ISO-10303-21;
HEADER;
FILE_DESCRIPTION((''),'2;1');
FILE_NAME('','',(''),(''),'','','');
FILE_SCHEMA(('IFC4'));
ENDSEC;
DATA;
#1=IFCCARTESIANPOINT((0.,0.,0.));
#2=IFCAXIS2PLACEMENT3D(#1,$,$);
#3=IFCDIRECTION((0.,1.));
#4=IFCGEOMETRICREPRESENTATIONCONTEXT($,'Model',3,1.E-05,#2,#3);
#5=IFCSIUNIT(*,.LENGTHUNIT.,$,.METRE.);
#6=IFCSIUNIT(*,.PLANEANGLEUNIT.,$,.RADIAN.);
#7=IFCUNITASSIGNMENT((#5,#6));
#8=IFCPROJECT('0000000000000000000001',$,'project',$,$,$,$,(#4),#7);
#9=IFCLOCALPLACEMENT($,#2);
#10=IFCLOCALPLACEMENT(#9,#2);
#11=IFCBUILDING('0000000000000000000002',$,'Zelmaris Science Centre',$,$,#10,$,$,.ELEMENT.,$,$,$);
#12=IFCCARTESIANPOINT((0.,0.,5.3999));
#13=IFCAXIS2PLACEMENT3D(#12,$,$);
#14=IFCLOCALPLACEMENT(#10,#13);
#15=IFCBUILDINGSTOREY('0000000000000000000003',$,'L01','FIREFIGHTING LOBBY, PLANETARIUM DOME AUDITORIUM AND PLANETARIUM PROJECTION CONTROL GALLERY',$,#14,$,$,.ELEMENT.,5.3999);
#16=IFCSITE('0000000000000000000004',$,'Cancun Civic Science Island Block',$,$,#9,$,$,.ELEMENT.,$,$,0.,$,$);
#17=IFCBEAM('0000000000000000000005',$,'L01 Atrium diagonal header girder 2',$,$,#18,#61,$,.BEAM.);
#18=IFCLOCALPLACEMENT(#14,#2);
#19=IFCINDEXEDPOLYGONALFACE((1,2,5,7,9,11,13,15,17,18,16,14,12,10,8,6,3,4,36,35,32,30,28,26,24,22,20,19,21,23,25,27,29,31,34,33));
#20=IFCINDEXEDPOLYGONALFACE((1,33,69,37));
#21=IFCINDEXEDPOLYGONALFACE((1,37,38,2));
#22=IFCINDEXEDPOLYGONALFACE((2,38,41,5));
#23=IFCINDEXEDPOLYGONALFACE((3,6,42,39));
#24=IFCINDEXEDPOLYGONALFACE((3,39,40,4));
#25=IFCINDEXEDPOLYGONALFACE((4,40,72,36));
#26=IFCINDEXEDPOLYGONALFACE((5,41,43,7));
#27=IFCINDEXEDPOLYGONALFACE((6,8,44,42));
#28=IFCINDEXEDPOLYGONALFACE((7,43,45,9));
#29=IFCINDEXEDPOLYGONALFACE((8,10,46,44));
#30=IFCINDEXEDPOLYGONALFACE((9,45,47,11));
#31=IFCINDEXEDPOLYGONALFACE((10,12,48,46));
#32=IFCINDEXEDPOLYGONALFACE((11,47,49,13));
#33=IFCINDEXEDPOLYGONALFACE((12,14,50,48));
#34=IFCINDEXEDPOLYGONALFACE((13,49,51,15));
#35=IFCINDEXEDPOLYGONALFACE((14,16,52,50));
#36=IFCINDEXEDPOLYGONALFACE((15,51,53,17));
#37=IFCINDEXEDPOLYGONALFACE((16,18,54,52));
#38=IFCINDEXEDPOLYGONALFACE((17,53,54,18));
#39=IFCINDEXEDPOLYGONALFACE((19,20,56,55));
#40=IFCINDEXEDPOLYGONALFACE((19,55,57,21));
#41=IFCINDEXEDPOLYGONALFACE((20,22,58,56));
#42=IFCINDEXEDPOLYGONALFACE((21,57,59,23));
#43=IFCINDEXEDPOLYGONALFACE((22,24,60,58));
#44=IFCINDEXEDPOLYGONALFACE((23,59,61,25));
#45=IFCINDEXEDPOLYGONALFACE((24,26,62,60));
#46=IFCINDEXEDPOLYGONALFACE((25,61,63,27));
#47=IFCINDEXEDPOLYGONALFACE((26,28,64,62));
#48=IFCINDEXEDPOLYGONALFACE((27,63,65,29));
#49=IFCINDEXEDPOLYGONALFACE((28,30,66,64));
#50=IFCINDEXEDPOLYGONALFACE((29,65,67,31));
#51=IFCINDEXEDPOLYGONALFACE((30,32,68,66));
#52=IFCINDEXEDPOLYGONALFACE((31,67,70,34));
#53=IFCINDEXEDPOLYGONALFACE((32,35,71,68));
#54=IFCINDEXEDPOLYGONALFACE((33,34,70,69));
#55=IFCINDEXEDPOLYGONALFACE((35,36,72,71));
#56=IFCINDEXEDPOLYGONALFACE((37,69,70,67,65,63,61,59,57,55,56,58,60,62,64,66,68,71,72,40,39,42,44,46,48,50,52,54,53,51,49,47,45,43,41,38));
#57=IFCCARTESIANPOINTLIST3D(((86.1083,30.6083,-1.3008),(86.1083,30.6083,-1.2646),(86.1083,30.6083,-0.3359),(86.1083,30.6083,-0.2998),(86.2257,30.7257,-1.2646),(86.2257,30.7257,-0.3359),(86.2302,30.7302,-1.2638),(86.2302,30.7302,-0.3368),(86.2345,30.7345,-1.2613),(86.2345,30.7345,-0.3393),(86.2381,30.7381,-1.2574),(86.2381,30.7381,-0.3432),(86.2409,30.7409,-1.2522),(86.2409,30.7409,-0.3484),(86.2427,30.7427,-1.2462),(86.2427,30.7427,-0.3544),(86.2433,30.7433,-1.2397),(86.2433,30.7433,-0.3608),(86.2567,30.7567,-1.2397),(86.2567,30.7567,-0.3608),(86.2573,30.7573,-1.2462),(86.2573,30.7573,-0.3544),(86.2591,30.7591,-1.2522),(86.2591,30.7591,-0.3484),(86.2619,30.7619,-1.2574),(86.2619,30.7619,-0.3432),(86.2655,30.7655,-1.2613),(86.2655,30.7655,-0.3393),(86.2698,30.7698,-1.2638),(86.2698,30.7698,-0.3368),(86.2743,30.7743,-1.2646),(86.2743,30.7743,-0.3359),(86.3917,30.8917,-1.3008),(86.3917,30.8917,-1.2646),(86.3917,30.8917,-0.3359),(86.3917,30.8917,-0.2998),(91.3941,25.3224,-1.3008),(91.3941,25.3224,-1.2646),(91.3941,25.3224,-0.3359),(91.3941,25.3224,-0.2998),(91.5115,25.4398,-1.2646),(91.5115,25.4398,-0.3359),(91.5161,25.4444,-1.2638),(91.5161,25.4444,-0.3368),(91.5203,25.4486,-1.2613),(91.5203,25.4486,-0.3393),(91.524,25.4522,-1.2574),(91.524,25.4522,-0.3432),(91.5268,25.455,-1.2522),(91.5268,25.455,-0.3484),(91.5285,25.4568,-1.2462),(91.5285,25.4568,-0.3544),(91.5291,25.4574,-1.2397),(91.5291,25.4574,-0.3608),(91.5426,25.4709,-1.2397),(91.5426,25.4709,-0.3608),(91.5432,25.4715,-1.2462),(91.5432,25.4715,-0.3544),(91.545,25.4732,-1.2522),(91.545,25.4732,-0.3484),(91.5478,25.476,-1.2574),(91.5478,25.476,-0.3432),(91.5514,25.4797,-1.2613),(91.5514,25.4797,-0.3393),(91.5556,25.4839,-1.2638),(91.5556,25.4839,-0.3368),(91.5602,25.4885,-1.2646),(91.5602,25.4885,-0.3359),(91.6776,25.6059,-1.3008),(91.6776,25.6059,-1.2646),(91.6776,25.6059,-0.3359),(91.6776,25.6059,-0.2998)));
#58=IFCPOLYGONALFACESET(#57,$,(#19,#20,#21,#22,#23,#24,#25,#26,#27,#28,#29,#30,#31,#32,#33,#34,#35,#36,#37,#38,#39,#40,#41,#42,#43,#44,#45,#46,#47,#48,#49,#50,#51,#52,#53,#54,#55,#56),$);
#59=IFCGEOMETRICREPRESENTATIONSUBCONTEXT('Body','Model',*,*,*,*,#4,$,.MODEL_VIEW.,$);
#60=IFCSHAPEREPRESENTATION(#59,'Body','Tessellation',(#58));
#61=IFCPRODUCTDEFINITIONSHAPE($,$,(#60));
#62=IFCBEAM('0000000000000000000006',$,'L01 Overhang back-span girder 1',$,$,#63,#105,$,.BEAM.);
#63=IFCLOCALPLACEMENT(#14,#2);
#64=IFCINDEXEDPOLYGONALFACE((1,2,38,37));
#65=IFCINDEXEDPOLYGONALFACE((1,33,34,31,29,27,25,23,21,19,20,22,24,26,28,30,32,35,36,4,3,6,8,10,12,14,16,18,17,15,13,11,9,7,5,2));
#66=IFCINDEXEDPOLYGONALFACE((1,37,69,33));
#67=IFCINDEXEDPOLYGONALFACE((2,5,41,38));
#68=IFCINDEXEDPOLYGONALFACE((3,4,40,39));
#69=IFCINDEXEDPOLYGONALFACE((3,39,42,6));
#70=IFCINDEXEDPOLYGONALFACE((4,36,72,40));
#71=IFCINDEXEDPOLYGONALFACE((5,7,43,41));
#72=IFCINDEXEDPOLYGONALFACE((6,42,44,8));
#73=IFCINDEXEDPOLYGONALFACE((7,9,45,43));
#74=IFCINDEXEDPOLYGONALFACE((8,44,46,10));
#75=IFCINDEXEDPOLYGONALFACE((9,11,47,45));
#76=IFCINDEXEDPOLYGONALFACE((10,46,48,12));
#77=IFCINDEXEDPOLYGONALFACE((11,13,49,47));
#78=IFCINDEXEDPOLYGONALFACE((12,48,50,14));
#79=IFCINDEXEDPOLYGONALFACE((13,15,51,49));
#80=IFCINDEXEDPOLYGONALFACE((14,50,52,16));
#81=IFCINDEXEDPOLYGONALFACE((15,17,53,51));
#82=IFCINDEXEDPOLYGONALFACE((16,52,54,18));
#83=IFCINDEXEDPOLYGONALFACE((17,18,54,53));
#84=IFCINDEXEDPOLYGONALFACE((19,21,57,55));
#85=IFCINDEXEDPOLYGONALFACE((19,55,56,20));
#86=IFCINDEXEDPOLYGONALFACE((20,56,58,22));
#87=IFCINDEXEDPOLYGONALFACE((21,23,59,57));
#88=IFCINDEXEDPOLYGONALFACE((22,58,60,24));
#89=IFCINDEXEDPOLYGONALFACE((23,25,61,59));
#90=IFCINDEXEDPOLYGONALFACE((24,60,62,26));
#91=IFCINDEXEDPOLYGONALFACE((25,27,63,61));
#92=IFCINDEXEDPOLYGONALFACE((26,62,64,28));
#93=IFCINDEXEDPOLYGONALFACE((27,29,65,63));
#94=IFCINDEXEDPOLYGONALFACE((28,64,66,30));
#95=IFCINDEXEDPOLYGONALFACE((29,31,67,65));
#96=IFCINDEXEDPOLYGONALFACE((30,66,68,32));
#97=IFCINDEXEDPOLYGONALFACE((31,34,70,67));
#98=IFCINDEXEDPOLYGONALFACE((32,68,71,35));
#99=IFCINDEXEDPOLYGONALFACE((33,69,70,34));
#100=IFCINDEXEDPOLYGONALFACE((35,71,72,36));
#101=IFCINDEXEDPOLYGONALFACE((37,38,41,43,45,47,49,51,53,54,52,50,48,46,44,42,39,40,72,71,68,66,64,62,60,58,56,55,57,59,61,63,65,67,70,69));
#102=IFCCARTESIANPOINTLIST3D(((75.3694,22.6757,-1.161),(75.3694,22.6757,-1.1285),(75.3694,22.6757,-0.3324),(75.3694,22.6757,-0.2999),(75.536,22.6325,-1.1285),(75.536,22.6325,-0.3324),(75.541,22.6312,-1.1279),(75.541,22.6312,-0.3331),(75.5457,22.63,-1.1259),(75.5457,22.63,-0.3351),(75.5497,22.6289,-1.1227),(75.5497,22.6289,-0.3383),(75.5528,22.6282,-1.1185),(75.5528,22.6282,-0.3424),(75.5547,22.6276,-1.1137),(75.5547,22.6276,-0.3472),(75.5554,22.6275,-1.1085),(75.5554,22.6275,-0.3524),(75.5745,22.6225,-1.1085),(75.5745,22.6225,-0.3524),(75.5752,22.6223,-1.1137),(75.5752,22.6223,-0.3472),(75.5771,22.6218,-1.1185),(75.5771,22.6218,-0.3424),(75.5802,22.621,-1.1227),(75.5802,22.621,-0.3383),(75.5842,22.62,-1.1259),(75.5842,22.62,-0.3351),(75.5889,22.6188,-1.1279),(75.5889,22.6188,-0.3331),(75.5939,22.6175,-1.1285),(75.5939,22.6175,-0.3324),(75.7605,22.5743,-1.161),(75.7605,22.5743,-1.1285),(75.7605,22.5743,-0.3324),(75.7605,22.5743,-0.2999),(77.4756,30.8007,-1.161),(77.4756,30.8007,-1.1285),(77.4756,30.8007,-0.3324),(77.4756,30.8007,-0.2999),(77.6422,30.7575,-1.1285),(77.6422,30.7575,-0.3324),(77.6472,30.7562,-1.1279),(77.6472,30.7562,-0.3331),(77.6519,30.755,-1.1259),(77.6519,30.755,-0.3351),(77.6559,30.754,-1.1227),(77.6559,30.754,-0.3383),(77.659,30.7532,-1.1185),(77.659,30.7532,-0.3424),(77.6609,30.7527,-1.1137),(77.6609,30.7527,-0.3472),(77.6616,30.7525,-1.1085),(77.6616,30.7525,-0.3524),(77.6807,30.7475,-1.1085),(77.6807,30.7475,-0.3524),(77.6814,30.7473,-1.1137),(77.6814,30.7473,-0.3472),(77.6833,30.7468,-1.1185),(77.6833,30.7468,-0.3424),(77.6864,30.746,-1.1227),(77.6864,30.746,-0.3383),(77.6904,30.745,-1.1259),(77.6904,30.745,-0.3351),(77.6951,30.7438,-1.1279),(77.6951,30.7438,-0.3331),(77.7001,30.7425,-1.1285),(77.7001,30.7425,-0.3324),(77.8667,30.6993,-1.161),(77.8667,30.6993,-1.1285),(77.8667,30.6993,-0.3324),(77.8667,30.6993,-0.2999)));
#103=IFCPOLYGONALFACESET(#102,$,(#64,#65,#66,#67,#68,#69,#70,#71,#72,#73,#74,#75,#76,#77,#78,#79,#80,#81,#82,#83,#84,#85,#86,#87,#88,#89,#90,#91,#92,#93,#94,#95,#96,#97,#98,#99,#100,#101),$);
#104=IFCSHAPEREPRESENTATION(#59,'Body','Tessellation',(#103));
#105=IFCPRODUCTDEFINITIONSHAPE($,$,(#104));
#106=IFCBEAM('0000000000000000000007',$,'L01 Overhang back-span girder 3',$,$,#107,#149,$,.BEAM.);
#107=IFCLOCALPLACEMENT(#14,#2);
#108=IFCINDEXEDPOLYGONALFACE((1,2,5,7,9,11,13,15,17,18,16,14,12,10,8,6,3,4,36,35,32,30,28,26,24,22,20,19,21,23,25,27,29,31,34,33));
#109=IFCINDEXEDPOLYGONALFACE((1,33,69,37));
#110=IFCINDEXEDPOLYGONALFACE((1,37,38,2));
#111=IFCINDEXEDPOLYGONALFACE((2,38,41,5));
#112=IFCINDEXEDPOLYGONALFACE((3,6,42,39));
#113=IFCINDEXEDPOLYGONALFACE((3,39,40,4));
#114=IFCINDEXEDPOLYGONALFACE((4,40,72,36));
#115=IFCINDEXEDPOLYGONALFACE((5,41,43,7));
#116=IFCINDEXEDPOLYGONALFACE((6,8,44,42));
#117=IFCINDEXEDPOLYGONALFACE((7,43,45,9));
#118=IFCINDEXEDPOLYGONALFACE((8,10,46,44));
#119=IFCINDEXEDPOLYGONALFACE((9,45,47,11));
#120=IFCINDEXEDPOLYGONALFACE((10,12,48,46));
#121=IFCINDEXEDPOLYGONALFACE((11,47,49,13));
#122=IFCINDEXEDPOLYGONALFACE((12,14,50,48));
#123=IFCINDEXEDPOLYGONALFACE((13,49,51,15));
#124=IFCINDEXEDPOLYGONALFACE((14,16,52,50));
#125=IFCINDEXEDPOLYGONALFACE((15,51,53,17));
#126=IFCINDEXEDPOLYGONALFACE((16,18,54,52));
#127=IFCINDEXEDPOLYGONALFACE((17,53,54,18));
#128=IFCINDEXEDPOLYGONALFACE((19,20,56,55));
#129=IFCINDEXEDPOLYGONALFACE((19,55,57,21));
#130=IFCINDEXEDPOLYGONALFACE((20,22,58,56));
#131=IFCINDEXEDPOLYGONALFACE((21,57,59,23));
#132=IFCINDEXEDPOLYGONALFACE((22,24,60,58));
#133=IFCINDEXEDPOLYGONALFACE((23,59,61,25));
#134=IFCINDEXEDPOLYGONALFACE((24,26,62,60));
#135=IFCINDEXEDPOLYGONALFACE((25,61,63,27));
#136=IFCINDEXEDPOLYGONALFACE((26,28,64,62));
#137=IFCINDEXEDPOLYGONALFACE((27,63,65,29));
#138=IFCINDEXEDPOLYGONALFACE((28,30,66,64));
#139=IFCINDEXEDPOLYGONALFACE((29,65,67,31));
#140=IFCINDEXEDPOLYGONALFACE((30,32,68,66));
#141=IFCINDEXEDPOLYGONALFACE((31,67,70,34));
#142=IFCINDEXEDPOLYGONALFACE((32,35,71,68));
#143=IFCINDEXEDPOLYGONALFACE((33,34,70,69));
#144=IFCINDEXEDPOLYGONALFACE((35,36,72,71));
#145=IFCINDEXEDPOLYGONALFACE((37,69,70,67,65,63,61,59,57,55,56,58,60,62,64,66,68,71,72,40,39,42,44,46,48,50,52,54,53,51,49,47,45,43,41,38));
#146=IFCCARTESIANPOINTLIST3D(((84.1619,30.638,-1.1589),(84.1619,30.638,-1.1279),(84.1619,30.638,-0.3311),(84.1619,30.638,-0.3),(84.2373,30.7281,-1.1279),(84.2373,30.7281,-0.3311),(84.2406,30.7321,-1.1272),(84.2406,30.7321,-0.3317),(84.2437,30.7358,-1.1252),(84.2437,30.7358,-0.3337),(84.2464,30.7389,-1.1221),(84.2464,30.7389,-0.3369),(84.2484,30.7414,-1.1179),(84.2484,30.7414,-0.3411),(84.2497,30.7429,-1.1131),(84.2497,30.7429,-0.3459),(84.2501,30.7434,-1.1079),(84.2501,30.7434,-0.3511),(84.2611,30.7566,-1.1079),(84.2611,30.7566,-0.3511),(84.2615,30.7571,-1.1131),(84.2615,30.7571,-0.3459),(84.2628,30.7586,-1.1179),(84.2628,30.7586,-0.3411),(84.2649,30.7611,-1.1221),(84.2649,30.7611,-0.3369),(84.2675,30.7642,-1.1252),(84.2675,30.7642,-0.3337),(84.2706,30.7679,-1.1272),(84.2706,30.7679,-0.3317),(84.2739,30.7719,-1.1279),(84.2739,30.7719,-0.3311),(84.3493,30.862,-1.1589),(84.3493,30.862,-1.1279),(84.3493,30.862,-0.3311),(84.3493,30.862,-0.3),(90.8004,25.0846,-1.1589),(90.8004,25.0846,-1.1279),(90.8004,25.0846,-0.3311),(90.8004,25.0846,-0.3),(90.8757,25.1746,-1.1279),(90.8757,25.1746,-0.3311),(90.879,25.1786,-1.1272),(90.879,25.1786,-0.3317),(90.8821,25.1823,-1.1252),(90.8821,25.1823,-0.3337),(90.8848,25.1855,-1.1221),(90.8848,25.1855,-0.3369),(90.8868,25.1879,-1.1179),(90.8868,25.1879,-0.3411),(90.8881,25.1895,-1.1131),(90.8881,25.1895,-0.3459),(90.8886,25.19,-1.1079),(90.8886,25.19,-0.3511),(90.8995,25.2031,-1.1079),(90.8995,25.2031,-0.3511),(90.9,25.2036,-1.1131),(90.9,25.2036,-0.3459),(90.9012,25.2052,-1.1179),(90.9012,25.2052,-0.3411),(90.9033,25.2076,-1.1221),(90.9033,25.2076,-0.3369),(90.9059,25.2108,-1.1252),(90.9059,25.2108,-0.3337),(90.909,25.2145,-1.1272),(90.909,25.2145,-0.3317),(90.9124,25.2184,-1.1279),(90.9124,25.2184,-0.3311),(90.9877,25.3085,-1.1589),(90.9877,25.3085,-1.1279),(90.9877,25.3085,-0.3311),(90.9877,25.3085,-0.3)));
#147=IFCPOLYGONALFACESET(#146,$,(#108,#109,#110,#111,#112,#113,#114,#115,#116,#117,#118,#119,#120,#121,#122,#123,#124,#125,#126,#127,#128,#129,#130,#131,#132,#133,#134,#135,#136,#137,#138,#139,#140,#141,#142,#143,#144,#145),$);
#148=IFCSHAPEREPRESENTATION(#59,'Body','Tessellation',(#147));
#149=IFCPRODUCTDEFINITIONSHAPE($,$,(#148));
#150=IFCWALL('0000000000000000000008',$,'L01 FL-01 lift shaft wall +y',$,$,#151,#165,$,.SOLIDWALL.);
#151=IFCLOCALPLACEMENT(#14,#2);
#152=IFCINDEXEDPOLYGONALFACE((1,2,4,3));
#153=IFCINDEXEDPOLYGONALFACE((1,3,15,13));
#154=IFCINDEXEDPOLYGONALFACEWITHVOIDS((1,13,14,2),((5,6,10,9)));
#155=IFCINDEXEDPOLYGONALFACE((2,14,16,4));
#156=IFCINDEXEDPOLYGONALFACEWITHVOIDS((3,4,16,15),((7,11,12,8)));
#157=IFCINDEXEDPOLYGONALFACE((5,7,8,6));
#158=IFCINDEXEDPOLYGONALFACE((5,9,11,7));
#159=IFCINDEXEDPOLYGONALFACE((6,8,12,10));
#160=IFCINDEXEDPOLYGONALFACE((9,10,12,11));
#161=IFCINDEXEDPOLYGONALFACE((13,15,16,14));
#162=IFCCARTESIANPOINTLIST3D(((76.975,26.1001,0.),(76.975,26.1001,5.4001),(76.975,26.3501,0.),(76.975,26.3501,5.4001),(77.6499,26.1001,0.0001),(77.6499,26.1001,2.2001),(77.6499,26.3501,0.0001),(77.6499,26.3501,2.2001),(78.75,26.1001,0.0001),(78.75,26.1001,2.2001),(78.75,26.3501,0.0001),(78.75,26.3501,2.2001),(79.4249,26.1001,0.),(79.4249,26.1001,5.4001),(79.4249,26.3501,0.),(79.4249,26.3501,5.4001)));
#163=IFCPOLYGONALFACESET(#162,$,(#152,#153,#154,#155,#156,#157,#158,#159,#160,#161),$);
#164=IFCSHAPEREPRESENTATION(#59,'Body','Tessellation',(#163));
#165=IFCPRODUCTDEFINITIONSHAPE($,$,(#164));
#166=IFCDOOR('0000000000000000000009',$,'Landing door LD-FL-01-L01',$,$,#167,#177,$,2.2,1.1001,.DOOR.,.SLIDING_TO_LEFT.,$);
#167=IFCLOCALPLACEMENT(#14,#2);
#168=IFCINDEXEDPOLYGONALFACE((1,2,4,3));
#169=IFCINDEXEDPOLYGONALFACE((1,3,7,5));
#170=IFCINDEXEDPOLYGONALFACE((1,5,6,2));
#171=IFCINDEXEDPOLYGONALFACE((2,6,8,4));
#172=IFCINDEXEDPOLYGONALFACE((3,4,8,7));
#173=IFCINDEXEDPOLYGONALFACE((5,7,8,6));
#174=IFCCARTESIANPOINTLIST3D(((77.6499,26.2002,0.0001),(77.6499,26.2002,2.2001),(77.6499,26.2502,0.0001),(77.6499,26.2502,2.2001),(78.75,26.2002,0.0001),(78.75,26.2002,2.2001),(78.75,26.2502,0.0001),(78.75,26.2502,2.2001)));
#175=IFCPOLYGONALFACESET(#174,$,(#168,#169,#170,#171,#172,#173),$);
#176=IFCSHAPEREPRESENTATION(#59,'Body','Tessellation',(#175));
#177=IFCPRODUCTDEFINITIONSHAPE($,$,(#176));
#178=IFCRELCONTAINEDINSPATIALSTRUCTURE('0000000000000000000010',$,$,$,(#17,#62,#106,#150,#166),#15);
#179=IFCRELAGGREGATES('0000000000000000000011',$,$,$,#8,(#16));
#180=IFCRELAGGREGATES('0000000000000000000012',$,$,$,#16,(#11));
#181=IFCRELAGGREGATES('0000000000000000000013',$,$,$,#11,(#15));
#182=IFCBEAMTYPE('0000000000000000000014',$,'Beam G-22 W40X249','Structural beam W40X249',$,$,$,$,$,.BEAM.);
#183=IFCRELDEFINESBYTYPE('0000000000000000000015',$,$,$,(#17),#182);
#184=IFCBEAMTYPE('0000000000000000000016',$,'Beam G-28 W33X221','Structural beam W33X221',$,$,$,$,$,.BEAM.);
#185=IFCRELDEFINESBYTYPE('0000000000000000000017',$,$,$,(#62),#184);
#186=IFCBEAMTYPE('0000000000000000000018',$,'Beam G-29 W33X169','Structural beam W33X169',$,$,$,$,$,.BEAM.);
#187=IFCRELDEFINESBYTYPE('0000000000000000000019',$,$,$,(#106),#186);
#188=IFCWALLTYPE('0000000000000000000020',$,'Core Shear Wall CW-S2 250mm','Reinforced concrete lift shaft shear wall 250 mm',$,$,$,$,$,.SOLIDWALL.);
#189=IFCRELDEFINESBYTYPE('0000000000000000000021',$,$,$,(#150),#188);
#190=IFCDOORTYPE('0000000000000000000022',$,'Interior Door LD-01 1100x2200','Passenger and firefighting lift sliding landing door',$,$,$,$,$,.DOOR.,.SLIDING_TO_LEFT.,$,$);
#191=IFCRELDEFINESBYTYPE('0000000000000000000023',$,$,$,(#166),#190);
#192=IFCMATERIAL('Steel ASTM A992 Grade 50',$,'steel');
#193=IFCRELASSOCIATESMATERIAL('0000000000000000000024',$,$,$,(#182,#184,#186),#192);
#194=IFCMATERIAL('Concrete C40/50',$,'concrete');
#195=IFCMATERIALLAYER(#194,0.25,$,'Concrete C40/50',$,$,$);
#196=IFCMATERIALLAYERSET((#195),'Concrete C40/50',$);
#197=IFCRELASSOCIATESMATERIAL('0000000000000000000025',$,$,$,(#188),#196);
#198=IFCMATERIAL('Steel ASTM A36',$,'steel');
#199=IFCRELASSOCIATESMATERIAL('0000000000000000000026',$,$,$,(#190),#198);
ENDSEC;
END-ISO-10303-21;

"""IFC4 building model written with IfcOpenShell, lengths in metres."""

from ifc_helpers import new_model, si_unit, direction, frame, frame_2d, origin, origin_2d, place, context, subcontext, project, spatial, rectangle, i_section, extrude, material, layer, layer_set, material_profile, profile_set, type_object, element, fill, save


model = new_model("IFC4")

# Units and contexts
model_context = context("Model", 3, precision=1e-05, world=origin(), true_north=direction((0.0, 1.0)))
body_context = subcontext(model_context, "Body", "Model", "MODEL_VIEW")
ifc_project = project(units=[si_unit("LENGTHUNIT", "METRE"), si_unit("PLANEANGLEUNIT", "RADIAN")], contexts=[model_context])

# Site, building, storey
site_placement = place(None, origin())
site = spatial("IfcSite", under=ifc_project, at=site_placement, Name="Cancun Civic Science Island Block", CompositionType="ELEMENT", RefElevation=0.0)
building_placement = place(site_placement, origin())
building = spatial("IfcBuilding", under=site, at=building_placement, Name="Zelmaris Science Centre", CompositionType="ELEMENT")
storey_placement = place(building_placement, frame((0.0, 0.0, 5.3999)))
storey = spatial("IfcBuildingStorey", under=building, at=storey_placement, Name="L01", Description="FIREFIGHTING LOBBY, PLANETARIUM DOME AUDITORIUM AND PLANETARIUM PROJECTION CONTROL GALLERY", CompositionType="ELEMENT", Elevation=5.3999)

# Beams
ifc_material_1 = material(Name="Steel ASTM A992 Grade 50", Category="steel")
ifc_material_profile_1 = material_profile(ifc_material_1, i_section(OverallWidth=0.4009, OverallDepth=1.001, WebThickness=0.019, FlangeThickness=0.0361, FilletRadius=0.0249, at=origin_2d()), Name="W40X249")
ifc_profile_set_1 = profile_set([ifc_material_profile_1], Name="Steel ASTM A992 Grade 50")
beam_type_1 = type_object("IfcBeamType", Name="Beam G-22 W40X249", Description="Structural beam W40X249", PredefinedType="BEAM", material=ifc_profile_set_1)
for number, where, z_axis, x_axis, name in (
    (1, (86.25, 30.75, -0.8003), (0.707107, -0.707107, 0.0), (0.707107, 0.707107, 0.0), "L01 Atrium diagonal header girder 2"),
):
    element("IfcBeam", number, at=place(storey_placement, frame(where, z_axis=z_axis, x_axis=x_axis)), inside=storey, type_object=beam_type_1, Name=name, PredefinedType="BEAM", context=body_context, shape_type="SweptSolid", body=[
        extrude(i_section(OverallWidth=0.4009, OverallDepth=1.001, WebThickness=0.019, FlangeThickness=0.0361, FilletRadius=0.0249, at=origin_2d()), origin(), (0.0, 0.0, 1.0), 7.4753),
    ])
ifc_material_profile_2 = material_profile(ifc_material_1, i_section(OverallWidth=0.4041, OverallDepth=0.8611, WebThickness=0.0198, FlangeThickness=0.0325, FilletRadius=0.02, at=origin_2d()), Name="W33X221")
ifc_profile_set_2 = profile_set([ifc_material_profile_2], Name="Steel ASTM A992 Grade 50")
beam_type_2 = type_object("IfcBeamType", Name="Beam G-28 W33X221", Description="Structural beam W33X221", PredefinedType="BEAM", material=ifc_profile_set_2)
beam_1_placement = place(storey_placement, frame((77.6711, 30.75, -0.7305), z_axis=(-0.250931, -0.968005, 0.0), x_axis=(0.968005, -0.250931, 0.0)))
element("IfcBeam", 2, at=beam_1_placement, inside=storey, type_object=beam_type_2, Name="L01 Overhang back-span girder 1", PredefinedType="BEAM", context=body_context, shape_type="SweptSolid", body=[
    extrude(i_section(OverallWidth=0.4041, OverallDepth=0.8611, WebThickness=0.0198, FlangeThickness=0.0325, FilletRadius=0.02, at=origin_2d()), origin(), (0.0, 0.0, 1.0), 8.3936),
])
ifc_material_profile_3 = material_profile(ifc_material_1, i_section(OverallWidth=0.292, OverallDepth=0.8589, WebThickness=0.0171, FlangeThickness=0.031, FilletRadius=0.02, at=origin_2d()), Name="W33X169")
ifc_profile_set_3 = profile_set([ifc_material_profile_3], Name="Steel ASTM A992 Grade 50")
beam_type_3 = type_object("IfcBeamType", Name="Beam G-29 W33X169", Description="Structural beam W33X169", PredefinedType="BEAM", material=ifc_profile_set_3)
beam_2_placement = place(storey_placement, frame((84.2556, 30.75, -0.7295), z_axis=(0.767001, -0.641645, 0.0), x_axis=(0.641645, 0.767001, 0.0)))
element("IfcBeam", 3, at=beam_2_placement, inside=storey, type_object=beam_type_3, Name="L01 Overhang back-span girder 3", PredefinedType="BEAM", context=body_context, shape_type="SweptSolid", body=[
    extrude(i_section(OverallWidth=0.292, OverallDepth=0.8589, WebThickness=0.0171, FlangeThickness=0.031, FilletRadius=0.02, at=origin_2d()), origin(), (0.0, 0.0, 1.0), 8.655),
])

# Wall, opening, door
ifc_material_2 = material(Name="Concrete C40/50", Category="concrete")
ifc_layer_1 = layer(ifc_material_2, 0.25, Name="Concrete C40/50")
ifc_layer_set_1 = layer_set([ifc_layer_1], Name="Concrete C40/50")
wall_type_1 = type_object("IfcWallType", Name="Core Shear Wall CW-S2 250mm", Description="Reinforced concrete lift shaft shear wall 250 mm", PredefinedType="SOLIDWALL", material=ifc_layer_set_1)
wall_1_placement = place(storey_placement, frame((79.425, 26.2251, 0.0), z_axis=(0.0, 0.0, 1.0), x_axis=(-1.0, 0.0, 0.0)))
wall_1 = element("IfcWall", 4, at=wall_1_placement, inside=storey, type_object=wall_type_1, Name="L01 FL-01 lift shaft wall +y", PredefinedType="SOLIDWALL", context=body_context, shape_type="SweptSolid", body=[
    extrude(rectangle(XDim=2.45, YDim=0.25, at=frame_2d((1.2251, 0.0))), origin(), (0.0, 0.0, 1.0), 5.4001),
])
opening_1_placement = place(wall_1_placement, frame((0.675, 0.0, 0.0)))
opening_1 = element("IfcOpeningElement", 5, at=opening_1_placement, cuts=wall_1, PredefinedType="OPENING", context=body_context, shape_type="SweptSolid", body=[
    extrude(rectangle(XDim=1.1001, YDim=2.2, at=frame_2d((0.55, 1.1001))), frame((0.0, 0.135, 0.0), z_axis=(0.0, -1.0, 0.0), x_axis=(1.0, 0.0, 0.0)), (0.0, 0.0, 1.0), 0.27),
])
ifc_material_3 = material(Name="Steel ASTM A36", Category="steel")
door_type_1 = type_object("IfcDoorType", Name="Interior Door LD-01 1100x2200", Description="Passenger and firefighting lift sliding landing door", OperationType="SLIDING_TO_LEFT", PredefinedType="DOOR", material=ifc_material_3)
door_1_placement = place(opening_1_placement, origin())
door_1 = element("IfcDoor", 6, at=door_1_placement, inside=storey, type_object=door_type_1, Name="Landing door LD-FL-01-L01", OperationType="SLIDING_TO_LEFT", OverallHeight=2.2, OverallWidth=1.1001, PredefinedType="DOOR", context=body_context, shape_type="SweptSolid", body=[
    extrude(rectangle(XDim=1.1001, YDim=2.2, at=frame_2d((0.55, 1.1001))), frame((0.0, 0.0249, 0.0), z_axis=(0.0, -1.0, 0.0), x_axis=(1.0, 0.0, 0.0)), (0.0, 0.0, 1.0), 0.05),
])
fill(opening_1, door_1)

save(model, "model.ifc")
